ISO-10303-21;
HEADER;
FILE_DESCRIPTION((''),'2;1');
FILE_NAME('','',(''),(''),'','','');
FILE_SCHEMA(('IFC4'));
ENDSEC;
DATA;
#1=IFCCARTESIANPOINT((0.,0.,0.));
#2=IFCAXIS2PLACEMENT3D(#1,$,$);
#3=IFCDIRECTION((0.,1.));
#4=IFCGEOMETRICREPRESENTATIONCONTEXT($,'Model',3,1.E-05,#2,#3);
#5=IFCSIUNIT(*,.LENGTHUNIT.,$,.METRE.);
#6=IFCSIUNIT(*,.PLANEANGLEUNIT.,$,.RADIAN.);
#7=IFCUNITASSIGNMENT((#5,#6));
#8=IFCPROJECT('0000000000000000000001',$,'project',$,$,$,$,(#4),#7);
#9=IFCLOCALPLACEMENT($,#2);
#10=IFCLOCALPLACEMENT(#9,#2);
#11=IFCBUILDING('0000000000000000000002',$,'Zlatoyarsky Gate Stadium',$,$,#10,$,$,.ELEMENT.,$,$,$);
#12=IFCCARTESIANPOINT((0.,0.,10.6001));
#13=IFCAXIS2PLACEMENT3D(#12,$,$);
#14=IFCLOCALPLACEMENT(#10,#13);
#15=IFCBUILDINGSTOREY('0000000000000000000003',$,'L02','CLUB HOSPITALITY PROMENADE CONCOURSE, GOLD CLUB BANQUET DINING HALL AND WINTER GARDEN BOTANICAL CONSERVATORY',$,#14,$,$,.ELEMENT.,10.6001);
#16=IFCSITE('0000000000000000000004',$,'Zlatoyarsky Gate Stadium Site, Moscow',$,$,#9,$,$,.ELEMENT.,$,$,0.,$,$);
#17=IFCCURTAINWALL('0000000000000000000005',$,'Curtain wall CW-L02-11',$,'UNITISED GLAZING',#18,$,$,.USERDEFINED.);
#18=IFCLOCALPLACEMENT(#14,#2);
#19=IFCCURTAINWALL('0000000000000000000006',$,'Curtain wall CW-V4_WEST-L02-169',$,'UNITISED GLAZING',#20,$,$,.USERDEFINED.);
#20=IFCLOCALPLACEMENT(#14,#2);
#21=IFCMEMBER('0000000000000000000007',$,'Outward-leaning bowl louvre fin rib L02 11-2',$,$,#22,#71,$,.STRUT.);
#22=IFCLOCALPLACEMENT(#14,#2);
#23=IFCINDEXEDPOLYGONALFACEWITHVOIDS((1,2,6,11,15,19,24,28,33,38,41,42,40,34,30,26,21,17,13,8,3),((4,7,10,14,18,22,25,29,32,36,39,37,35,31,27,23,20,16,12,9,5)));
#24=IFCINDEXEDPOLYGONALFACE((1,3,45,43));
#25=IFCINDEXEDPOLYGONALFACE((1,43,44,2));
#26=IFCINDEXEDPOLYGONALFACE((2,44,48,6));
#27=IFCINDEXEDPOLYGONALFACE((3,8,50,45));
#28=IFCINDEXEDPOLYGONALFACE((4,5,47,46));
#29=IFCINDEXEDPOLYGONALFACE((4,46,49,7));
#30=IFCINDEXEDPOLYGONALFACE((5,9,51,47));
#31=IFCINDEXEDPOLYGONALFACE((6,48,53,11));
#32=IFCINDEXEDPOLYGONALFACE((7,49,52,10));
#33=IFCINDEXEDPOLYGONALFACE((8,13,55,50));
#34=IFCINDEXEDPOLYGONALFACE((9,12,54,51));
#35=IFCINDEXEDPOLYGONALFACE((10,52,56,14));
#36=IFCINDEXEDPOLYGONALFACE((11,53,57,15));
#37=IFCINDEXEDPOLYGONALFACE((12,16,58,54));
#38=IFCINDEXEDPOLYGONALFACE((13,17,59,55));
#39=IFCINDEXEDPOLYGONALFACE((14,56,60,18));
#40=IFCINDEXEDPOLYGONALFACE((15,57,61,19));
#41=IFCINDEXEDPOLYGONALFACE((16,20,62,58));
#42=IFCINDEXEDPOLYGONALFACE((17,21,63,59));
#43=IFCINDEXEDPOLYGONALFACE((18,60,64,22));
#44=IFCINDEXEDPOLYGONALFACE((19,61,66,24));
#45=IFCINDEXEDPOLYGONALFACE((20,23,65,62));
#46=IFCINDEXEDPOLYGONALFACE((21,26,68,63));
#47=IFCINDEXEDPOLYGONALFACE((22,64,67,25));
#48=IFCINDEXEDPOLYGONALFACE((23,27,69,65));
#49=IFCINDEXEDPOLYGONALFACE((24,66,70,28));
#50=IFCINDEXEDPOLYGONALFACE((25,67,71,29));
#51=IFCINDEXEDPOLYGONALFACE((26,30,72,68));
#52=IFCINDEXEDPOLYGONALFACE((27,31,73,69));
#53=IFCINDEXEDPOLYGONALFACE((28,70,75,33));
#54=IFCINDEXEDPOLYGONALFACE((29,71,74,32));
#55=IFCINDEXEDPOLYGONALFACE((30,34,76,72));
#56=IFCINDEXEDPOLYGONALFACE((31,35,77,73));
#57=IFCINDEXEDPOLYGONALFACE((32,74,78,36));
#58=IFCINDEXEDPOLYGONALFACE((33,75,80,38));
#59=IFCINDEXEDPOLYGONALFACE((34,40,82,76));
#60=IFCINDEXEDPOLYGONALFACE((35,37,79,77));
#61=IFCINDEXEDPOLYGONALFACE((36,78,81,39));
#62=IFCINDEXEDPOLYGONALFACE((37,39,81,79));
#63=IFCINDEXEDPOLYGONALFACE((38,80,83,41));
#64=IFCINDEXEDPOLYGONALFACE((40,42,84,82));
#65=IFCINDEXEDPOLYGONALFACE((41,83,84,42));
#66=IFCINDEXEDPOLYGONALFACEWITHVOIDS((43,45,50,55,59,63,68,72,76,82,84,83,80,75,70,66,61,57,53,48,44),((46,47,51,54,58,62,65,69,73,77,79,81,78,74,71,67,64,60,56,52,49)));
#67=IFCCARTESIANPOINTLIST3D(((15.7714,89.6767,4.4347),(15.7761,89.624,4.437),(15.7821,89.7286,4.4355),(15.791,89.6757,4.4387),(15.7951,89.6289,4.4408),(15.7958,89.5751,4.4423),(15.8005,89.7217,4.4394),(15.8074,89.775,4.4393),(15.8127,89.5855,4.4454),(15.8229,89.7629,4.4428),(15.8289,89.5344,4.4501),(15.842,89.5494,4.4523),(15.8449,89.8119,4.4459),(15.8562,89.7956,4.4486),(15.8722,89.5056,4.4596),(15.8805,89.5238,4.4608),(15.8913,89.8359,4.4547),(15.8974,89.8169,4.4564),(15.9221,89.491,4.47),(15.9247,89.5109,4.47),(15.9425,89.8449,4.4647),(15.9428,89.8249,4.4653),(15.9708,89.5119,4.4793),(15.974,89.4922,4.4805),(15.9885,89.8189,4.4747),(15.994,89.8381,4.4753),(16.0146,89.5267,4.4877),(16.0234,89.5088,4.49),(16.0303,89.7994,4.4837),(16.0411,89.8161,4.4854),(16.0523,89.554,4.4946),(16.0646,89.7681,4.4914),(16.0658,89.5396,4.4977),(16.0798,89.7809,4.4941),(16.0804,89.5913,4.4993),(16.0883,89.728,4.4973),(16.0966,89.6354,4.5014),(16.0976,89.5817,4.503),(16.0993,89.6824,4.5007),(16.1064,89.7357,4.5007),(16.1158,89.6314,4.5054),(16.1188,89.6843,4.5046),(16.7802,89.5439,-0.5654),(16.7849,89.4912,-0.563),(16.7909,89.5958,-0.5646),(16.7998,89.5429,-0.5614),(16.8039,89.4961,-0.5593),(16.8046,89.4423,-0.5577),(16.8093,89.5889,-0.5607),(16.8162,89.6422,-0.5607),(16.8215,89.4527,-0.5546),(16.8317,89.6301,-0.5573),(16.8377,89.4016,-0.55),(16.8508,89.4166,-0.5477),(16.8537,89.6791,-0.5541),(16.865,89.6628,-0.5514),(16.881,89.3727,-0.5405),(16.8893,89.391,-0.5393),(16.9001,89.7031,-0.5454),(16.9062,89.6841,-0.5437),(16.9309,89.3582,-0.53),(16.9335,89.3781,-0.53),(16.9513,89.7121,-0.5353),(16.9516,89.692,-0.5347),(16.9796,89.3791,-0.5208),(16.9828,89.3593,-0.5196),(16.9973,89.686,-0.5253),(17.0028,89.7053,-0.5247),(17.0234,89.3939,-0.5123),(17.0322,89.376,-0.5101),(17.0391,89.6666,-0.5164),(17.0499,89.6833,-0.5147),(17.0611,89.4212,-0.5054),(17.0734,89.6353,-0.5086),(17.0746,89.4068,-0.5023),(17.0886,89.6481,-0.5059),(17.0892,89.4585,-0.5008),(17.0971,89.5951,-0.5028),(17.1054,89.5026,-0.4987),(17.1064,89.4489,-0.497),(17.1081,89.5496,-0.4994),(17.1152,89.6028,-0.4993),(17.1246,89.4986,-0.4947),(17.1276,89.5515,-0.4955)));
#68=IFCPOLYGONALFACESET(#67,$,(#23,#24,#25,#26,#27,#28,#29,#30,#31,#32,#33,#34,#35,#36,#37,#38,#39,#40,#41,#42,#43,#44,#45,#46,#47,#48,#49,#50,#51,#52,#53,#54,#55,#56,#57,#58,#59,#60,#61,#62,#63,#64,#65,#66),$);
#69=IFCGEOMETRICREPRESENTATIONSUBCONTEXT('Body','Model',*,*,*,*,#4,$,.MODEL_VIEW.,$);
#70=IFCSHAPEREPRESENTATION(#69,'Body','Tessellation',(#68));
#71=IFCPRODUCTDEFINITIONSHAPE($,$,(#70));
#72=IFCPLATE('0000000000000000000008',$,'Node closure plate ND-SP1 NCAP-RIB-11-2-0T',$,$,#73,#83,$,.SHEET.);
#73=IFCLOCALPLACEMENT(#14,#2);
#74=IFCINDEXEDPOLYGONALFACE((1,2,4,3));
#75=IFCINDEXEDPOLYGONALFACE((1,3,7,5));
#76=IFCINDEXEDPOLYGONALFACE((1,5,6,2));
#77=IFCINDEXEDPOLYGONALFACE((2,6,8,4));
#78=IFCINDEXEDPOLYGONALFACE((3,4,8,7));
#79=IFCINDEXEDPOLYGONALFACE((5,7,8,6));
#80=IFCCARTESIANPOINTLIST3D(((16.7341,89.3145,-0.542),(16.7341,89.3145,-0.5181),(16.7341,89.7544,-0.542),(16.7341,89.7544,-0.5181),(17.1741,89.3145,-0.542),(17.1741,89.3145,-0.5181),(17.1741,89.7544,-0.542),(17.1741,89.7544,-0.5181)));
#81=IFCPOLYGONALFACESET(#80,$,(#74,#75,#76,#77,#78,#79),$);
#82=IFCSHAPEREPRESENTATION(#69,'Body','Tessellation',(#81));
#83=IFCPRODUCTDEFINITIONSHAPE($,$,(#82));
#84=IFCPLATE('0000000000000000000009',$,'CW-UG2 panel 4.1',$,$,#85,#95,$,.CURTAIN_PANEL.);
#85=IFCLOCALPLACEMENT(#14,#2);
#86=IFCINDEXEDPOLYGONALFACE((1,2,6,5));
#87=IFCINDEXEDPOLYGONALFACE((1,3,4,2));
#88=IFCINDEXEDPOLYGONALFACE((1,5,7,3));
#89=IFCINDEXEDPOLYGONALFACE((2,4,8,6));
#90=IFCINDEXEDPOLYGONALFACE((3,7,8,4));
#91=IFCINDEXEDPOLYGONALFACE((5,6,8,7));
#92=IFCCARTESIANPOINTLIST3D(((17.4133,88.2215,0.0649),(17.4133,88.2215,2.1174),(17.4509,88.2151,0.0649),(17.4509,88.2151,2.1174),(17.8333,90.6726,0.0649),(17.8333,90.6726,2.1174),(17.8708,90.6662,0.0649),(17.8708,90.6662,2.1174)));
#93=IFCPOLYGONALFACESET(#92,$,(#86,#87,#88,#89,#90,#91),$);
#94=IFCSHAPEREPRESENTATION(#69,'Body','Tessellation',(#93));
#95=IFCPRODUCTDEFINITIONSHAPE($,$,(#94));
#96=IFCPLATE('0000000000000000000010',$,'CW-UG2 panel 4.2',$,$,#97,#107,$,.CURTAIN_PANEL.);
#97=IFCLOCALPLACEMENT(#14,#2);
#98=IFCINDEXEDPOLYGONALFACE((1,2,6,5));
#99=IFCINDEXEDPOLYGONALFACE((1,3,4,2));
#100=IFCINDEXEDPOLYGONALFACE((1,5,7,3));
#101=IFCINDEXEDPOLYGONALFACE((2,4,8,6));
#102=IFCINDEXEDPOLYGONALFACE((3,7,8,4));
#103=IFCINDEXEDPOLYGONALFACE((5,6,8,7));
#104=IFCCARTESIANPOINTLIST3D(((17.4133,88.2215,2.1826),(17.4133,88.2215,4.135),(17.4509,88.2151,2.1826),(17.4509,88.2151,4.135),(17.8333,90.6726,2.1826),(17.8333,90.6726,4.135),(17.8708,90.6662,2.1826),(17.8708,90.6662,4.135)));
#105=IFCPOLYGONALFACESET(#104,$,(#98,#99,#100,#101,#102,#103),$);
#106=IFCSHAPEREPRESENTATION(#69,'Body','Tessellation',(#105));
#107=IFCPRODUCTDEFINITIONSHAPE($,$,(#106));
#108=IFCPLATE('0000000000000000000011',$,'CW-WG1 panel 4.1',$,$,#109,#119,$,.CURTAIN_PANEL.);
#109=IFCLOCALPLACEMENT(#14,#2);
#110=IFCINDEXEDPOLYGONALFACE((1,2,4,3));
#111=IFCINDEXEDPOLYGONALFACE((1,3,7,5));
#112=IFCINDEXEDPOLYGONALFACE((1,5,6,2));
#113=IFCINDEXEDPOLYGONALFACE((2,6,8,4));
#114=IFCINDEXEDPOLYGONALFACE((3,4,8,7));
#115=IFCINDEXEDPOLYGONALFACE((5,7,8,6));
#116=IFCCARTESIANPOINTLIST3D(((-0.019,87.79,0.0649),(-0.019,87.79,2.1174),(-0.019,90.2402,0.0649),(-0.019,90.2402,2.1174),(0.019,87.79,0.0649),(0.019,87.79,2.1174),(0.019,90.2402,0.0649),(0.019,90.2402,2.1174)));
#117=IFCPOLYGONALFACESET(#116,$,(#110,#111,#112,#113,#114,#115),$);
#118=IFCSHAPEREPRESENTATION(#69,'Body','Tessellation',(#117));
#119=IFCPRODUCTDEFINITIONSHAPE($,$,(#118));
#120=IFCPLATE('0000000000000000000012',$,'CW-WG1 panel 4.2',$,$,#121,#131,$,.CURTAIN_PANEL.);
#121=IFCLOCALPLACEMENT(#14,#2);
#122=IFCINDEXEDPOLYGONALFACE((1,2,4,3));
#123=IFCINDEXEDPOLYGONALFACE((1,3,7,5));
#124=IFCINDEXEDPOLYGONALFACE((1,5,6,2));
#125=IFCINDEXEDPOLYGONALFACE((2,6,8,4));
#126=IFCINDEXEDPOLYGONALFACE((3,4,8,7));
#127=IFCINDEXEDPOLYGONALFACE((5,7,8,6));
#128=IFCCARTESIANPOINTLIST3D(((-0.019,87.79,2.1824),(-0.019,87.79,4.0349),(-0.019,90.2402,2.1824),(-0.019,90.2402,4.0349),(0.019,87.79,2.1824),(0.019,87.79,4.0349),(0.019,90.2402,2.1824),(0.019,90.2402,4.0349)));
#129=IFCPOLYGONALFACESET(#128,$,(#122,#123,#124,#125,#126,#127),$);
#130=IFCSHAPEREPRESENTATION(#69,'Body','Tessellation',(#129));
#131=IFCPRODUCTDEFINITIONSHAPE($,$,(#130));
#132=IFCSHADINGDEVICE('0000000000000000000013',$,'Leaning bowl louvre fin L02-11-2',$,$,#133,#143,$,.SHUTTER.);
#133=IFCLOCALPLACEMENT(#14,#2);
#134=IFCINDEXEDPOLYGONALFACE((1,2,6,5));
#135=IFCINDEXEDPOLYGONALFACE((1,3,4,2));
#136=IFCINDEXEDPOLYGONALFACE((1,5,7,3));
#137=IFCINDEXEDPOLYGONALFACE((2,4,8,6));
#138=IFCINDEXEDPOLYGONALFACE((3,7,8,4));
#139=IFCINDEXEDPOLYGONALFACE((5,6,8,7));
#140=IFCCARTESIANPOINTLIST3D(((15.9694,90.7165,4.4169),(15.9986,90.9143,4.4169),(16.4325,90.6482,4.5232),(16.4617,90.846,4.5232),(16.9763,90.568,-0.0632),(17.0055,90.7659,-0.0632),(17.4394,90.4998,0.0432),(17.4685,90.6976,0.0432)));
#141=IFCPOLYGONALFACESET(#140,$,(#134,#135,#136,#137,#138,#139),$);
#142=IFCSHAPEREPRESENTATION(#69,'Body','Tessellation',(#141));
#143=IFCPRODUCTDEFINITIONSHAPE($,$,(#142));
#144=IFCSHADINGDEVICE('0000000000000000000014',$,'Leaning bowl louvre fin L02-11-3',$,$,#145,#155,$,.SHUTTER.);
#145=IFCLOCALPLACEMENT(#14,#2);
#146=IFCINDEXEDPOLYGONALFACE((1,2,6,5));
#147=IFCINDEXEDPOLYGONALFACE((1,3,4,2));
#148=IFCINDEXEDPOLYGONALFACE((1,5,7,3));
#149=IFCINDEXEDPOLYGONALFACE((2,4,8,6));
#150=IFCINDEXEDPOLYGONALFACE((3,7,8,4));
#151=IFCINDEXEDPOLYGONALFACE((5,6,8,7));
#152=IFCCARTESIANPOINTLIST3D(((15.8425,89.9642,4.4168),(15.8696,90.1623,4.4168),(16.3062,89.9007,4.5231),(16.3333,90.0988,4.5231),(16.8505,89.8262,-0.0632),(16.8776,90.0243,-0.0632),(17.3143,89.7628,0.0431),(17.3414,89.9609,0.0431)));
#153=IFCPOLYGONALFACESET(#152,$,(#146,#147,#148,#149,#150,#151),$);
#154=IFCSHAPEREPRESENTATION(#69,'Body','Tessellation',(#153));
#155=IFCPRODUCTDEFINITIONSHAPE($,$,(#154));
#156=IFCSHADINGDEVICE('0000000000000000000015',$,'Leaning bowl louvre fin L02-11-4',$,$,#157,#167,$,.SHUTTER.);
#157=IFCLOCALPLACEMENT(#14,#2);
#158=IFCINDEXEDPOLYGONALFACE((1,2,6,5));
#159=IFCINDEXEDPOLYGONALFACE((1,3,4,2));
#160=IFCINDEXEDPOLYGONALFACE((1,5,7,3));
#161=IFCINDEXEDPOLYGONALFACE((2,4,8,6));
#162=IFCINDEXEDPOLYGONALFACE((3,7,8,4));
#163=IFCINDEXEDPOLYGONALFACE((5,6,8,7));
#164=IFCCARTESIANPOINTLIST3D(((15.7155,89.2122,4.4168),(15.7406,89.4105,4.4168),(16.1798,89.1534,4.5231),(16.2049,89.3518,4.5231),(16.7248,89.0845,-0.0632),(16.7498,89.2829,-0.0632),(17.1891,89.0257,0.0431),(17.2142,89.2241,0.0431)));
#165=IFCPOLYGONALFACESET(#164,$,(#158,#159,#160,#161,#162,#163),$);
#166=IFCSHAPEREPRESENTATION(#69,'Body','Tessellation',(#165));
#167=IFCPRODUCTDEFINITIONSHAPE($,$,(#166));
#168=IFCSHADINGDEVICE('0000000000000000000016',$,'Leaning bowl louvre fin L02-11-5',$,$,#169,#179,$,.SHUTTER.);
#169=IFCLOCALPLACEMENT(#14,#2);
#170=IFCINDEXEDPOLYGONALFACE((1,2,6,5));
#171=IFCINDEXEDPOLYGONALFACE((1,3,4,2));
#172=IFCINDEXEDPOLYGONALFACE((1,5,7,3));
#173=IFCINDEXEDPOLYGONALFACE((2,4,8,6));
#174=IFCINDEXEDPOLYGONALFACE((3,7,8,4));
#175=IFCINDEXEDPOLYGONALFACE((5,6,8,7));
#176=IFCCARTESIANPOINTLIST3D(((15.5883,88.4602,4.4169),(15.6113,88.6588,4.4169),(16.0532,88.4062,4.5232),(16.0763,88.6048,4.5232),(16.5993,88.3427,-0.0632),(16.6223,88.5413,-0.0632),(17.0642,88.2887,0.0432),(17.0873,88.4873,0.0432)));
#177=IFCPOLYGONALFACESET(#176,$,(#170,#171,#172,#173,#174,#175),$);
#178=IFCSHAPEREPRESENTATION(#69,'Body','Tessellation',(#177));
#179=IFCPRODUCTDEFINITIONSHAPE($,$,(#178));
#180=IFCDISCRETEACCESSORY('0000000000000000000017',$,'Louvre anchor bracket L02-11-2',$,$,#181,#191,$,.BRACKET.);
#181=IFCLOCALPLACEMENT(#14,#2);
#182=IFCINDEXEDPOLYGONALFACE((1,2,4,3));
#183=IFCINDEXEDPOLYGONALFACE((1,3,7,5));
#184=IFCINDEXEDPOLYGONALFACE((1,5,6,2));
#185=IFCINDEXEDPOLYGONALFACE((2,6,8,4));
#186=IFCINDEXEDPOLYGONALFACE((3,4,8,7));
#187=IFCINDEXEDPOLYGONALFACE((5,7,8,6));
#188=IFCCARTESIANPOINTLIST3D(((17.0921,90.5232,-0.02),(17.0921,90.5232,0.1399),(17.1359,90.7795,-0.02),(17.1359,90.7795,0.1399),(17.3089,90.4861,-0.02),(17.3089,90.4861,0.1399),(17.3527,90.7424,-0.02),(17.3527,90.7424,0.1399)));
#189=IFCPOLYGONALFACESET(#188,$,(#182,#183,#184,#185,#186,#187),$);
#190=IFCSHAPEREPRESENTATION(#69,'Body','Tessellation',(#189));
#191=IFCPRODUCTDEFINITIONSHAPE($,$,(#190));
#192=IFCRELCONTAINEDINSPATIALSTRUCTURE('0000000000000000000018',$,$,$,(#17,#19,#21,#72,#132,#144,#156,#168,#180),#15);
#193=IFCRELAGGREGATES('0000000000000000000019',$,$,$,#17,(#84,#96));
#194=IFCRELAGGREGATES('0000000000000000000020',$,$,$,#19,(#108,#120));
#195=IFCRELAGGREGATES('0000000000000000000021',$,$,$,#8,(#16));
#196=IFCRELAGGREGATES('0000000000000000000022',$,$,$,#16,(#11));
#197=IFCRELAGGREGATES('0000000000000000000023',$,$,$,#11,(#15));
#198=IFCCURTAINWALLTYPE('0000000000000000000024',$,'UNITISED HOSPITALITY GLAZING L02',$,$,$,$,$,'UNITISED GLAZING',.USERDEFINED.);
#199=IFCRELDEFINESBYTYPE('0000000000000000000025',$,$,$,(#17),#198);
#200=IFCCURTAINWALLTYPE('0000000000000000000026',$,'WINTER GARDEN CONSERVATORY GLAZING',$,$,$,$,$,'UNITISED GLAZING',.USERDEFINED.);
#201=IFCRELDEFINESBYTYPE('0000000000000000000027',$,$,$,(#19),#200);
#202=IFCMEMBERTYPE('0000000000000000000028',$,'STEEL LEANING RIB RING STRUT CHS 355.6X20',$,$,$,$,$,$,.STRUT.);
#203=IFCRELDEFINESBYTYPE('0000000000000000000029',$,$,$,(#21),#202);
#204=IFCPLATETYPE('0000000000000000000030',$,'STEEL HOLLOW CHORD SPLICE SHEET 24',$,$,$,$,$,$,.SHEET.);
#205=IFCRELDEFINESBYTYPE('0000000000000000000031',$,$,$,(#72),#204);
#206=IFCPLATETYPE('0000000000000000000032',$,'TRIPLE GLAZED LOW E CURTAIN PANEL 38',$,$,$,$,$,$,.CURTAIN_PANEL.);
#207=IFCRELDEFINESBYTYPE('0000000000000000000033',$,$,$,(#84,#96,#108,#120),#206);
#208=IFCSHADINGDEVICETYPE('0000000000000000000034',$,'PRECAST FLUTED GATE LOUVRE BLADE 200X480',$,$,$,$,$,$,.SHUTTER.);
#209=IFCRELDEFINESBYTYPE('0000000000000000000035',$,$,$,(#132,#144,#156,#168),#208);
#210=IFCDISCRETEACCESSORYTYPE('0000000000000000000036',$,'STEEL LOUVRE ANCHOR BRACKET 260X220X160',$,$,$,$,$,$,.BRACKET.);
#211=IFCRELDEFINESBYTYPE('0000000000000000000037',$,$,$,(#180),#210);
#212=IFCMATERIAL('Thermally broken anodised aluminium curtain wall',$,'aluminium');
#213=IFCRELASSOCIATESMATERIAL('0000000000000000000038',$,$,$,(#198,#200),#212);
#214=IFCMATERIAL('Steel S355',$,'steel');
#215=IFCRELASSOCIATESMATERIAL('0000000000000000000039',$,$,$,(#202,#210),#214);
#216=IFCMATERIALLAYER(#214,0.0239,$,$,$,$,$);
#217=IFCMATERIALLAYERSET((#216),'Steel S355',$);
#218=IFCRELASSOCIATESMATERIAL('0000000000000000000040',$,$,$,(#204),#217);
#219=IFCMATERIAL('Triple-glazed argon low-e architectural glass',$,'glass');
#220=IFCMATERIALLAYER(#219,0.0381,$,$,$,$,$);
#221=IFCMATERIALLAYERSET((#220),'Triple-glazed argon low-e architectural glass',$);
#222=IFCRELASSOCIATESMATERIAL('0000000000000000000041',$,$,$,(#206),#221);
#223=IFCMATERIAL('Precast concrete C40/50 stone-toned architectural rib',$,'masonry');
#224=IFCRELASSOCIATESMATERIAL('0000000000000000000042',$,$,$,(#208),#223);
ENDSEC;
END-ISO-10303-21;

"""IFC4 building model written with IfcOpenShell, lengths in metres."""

from ifc_helpers import new_model, si_unit, direction, frame, origin, origin_2d, place, context, subcontext, project, spatial, rectangle, hollow_circle, extrude, material, layer, layer_set, material_profile, profile_set, type_object, element, aggregate, save


model = new_model("IFC4")

# Units and contexts
model_context = context("Model", 3, precision=1e-05, world=origin(), true_north=direction((0.0, 1.0)))
body_context = subcontext(model_context, "Body", "Model", "MODEL_VIEW")
ifc_project = project(units=[si_unit("LENGTHUNIT", "METRE"), si_unit("PLANEANGLEUNIT", "RADIAN")], contexts=[model_context])

# Site, building, storey
site_placement = place(None, origin())
site = spatial("IfcSite", under=ifc_project, at=site_placement, Name="Zlatoyarsky Gate Stadium Site, Moscow", CompositionType="ELEMENT", RefElevation=0.0)
building_placement = place(site_placement, origin())
building = spatial("IfcBuilding", under=site, at=building_placement, Name="Zlatoyarsky Gate Stadium", CompositionType="ELEMENT")
storey_placement = place(building_placement, frame((0.0, 0.0, 10.6001)))
storey = spatial("IfcBuildingStorey", under=building, at=storey_placement, Name="L02", Description="CLUB HOSPITALITY PROMENADE CONCOURSE, GOLD CLUB BANQUET DINING HALL AND WINTER GARDEN BOTANICAL CONSERVATORY", CompositionType="ELEMENT", Elevation=10.6001)

# Curtain walls
ifc_material_1 = material(Name="Thermally broken anodised aluminium curtain wall", Category="aluminium")
curtain_wall_type_1 = type_object("IfcCurtainWallType", Name="UNITISED HOSPITALITY GLAZING L02", ElementType="UNITISED GLAZING", PredefinedType="USERDEFINED", material=ifc_material_1)
curtain_wall_1_placement = place(storey_placement, origin())
curtain_wall_1 = element("IfcCurtainWall", 1, at=curtain_wall_1_placement, inside=storey, type_object=curtain_wall_type_1, Name="Curtain wall CW-L02-11", ObjectType="UNITISED GLAZING", PredefinedType="USERDEFINED")
curtain_wall_type_2 = type_object("IfcCurtainWallType", Name="WINTER GARDEN CONSERVATORY GLAZING", ElementType="UNITISED GLAZING", PredefinedType="USERDEFINED", material=ifc_material_1)
curtain_wall_2_placement = place(storey_placement, origin())
curtain_wall_2 = element("IfcCurtainWall", 2, at=curtain_wall_2_placement, inside=storey, type_object=curtain_wall_type_2, Name="Curtain wall CW-V4_WEST-L02-169", ObjectType="UNITISED GLAZING", PredefinedType="USERDEFINED")

# Member
ifc_material_2 = material(Name="Steel S355", Category="steel")
ifc_material_profile_1 = material_profile(ifc_material_2, hollow_circle(Radius=0.1777, WallThickness=0.02, at=origin_2d()), Name="CHS 355.6X20")
ifc_profile_set_1 = profile_set([ifc_material_profile_1], Name="Steel S355")
member_type_1 = type_object("IfcMemberType", Name="STEEL LEANING RIB RING STRUT CHS 355.6X20", PredefinedType="STRUT", material=ifc_profile_set_1)
member_1_placement = place(storey_placement, frame((16.9541, 89.5344, -0.53), z_axis=(-0.197706, 0.026029, 0.979916), x_axis=(-0.130529, -0.991444, 0.0)))
element("IfcMember", 3, at=member_1_placement, inside=storey, type_object=member_type_1, Name="Outward-leaning bowl louvre fin rib L02 11-2", PredefinedType="STRUT", context=body_context, shape_type="SweptSolid", body=[
    extrude(hollow_circle(Radius=0.1777, WallThickness=0.02, at=origin_2d()), origin(), (0.0, 0.0, 1.0), 5.1025),
])

# Plates
ifc_layer_1 = layer(ifc_material_2, 0.0239)
ifc_layer_set_1 = layer_set([ifc_layer_1], Name="Steel S355")
plate_type_1 = type_object("IfcPlateType", Name="STEEL HOLLOW CHORD SPLICE SHEET 24", PredefinedType="SHEET", material=ifc_layer_set_1)
plate_1_placement = place(storey_placement, frame((16.9541, 89.5344, -0.542), z_axis=(0.0, 0.0, 1.0), x_axis=(1.0, 0.0, 0.0)))
element("IfcPlate", 4, at=plate_1_placement, inside=storey, type_object=plate_type_1, Name="Node closure plate ND-SP1 NCAP-RIB-11-2-0T", PredefinedType="SHEET", context=body_context, shape_type="SweptSolid", body=[
    extrude(rectangle(XDim=0.4399, YDim=0.4399, at=origin_2d()), origin(), (0.0, 0.0, 1.0), 0.0239),
])
ifc_material_3 = material(Name="Triple-glazed argon low-e architectural glass", Category="glass")
ifc_layer_2 = layer(ifc_material_3, 0.0381)
ifc_layer_set_2 = layer_set([ifc_layer_2], Name="Triple-glazed argon low-e architectural glass")
plate_type_2 = type_object("IfcPlateType", Name="TRIPLE GLAZED LOW E CURTAIN PANEL 38", PredefinedType="CURTAIN_PANEL", material=ifc_layer_set_2)
plate_2_placement = place(storey_placement, frame((17.6421, 89.4438, 0.0649), z_axis=(0.0, 0.0, 1.0), x_axis=(-0.168876, -0.985637, 0.0)))
plate_2 = element("IfcPlate", 5, at=plate_2_placement, type_object=plate_type_2, Name="CW-UG2 panel 4.1", PredefinedType="CURTAIN_PANEL", context=body_context, shape_type="SweptSolid", body=[
    extrude(rectangle(XDim=2.4868, YDim=0.0381, at=origin_2d()), origin(), (0.0, 0.0, 1.0), 2.0525),
])
plate_3_placement = place(storey_placement, frame((17.6421, 89.4438, 2.1826), z_axis=(0.0, 0.0, 1.0), x_axis=(-0.168876, -0.985637, 0.0)))
plate_3 = element("IfcPlate", 6, at=plate_3_placement, type_object=plate_type_2, Name="CW-UG2 panel 4.2", PredefinedType="CURTAIN_PANEL", context=body_context, shape_type="SweptSolid", body=[
    extrude(rectangle(XDim=2.4868, YDim=0.0381, at=origin_2d()), origin(), (0.0, 0.0, 1.0), 1.9524),
])
aggregate(curtain_wall_1, [plate_2, plate_3])
plate_4_placement = place(storey_placement, frame((0.0, 89.0151, 0.0649), z_axis=(0.0, 0.0, 1.0), x_axis=(0.0, 1.0, 0.0)))
plate_4 = element("IfcPlate", 7, at=plate_4_placement, type_object=plate_type_2, Name="CW-WG1 panel 4.1", PredefinedType="CURTAIN_PANEL", context=body_context, shape_type="SweptSolid", body=[
    extrude(rectangle(XDim=2.4502, YDim=0.0381, at=origin_2d()), origin(), (0.0, 0.0, 1.0), 2.0525),
])
plate_5_placement = place(storey_placement, frame((0.0, 89.0151, 2.1824), z_axis=(0.0, 0.0, 1.0), x_axis=(0.0, 1.0, 0.0)))
plate_5 = element("IfcPlate", 8, at=plate_5_placement, type_object=plate_type_2, Name="CW-WG1 panel 4.2", PredefinedType="CURTAIN_PANEL", context=body_context, shape_type="SweptSolid", body=[
    extrude(rectangle(XDim=2.4502, YDim=0.0381, at=origin_2d()), origin(), (0.0, 0.0, 1.0), 1.8525),
])
aggregate(curtain_wall_2, [plate_4, plate_5])

# Shading devices
ifc_material_4 = material(Name="Precast concrete C40/50 stone-toned architectural rib", Category="masonry")
ifc_material_profile_2 = material_profile(ifc_material_4, rectangle(XDim=0.2, YDim=0.48, at=origin_2d()), Name="RIB 200X480")
ifc_profile_set_2 = profile_set([ifc_material_profile_2], Name="Precast concrete C40/50 stone-toned architectural rib")
shading_device_type = type_object("IfcShadingDeviceType", Name="PRECAST FLUTED GATE LOUVRE BLADE 200X480", PredefinedType="SHUTTER", material=ifc_profile_set_2)
shading_device_1_placement = place(storey_placement, frame((17.2224, 90.6328, -0.01), z_axis=(-0.219157, 0.03231, 0.975154), x_axis=(-0.145853, -0.989306, 0.0)))
element("IfcShadingDevice", 9, at=shading_device_1_placement, inside=storey, type_object=shading_device_type, Name="Leaning bowl louvre fin L02-11-2", PredefinedType="SHUTTER", context=body_context, shape_type="SweptSolid", body=[
    extrude(rectangle(XDim=0.2, YDim=0.48, at=origin_2d()), origin(), (0.0, 0.0, 1.0), 4.5942),
])
for number, where, z_axis, x_axis, name in (
    (10, (17.0959, 89.8936, -0.01), (-0.219426, 0.030026, 0.975167), (-0.135574, -0.990767, 0.0), "Leaning bowl louvre fin L02-11-3"),
    (11, (16.9695, 89.1543, -0.01), (-0.219693, 0.027794, 0.975173), (-0.125511, -0.992092, 0.0), "Leaning bowl louvre fin L02-11-4"),
):
    element("IfcShadingDevice", number, at=place(storey_placement, frame(where, z_axis=z_axis, x_axis=x_axis)), inside=storey, type_object=shading_device_type, Name=name, PredefinedType="SHUTTER", context=body_context, shape_type="SweptSolid", body=[
        extrude(rectangle(XDim=0.2, YDim=0.48, at=origin_2d()), origin(), (0.0, 0.0, 1.0), 4.594),
    ])
shading_device_2_placement = place(storey_placement, frame((16.8433, 88.415, -0.01), z_axis=(-0.22006, 0.025561, 0.975151), x_axis=(-0.11538, -0.993321, 0.0)))
element("IfcShadingDevice", 12, at=shading_device_2_placement, inside=storey, type_object=shading_device_type, Name="Leaning bowl louvre fin L02-11-5", PredefinedType="SHUTTER", context=body_context, shape_type="SweptSolid", body=[
    extrude(rectangle(XDim=0.2, YDim=0.48, at=origin_2d()), origin(), (0.0, 0.0, 1.0), 4.5942),
])

# Discrete accessory
discrete_accessory_type = type_object("IfcDiscreteAccessoryType", Name="STEEL LOUVRE ANCHOR BRACKET 260X220X160", PredefinedType="BRACKET", material=ifc_material_2)
for number, where, z_axis, x_axis, name in (
    (13, (17.2224, 90.6328, -0.02), (0.0, 0.0, 1.0), (-0.168563, -0.985691, 0.0), "Louvre anchor bracket L02-11-2"),
):
    element("IfcDiscreteAccessory", number, at=place(storey_placement, frame(where, z_axis=z_axis, x_axis=x_axis)), inside=storey, type_object=discrete_accessory_type, Name=name, PredefinedType="BRACKET", context=body_context, shape_type="SweptSolid", body=[
        extrude(rectangle(XDim=0.26, YDim=0.22, at=origin_2d()), origin(), (0.0, 0.0, 1.0), 0.1599),
    ])

save(model, "model.ifc")
